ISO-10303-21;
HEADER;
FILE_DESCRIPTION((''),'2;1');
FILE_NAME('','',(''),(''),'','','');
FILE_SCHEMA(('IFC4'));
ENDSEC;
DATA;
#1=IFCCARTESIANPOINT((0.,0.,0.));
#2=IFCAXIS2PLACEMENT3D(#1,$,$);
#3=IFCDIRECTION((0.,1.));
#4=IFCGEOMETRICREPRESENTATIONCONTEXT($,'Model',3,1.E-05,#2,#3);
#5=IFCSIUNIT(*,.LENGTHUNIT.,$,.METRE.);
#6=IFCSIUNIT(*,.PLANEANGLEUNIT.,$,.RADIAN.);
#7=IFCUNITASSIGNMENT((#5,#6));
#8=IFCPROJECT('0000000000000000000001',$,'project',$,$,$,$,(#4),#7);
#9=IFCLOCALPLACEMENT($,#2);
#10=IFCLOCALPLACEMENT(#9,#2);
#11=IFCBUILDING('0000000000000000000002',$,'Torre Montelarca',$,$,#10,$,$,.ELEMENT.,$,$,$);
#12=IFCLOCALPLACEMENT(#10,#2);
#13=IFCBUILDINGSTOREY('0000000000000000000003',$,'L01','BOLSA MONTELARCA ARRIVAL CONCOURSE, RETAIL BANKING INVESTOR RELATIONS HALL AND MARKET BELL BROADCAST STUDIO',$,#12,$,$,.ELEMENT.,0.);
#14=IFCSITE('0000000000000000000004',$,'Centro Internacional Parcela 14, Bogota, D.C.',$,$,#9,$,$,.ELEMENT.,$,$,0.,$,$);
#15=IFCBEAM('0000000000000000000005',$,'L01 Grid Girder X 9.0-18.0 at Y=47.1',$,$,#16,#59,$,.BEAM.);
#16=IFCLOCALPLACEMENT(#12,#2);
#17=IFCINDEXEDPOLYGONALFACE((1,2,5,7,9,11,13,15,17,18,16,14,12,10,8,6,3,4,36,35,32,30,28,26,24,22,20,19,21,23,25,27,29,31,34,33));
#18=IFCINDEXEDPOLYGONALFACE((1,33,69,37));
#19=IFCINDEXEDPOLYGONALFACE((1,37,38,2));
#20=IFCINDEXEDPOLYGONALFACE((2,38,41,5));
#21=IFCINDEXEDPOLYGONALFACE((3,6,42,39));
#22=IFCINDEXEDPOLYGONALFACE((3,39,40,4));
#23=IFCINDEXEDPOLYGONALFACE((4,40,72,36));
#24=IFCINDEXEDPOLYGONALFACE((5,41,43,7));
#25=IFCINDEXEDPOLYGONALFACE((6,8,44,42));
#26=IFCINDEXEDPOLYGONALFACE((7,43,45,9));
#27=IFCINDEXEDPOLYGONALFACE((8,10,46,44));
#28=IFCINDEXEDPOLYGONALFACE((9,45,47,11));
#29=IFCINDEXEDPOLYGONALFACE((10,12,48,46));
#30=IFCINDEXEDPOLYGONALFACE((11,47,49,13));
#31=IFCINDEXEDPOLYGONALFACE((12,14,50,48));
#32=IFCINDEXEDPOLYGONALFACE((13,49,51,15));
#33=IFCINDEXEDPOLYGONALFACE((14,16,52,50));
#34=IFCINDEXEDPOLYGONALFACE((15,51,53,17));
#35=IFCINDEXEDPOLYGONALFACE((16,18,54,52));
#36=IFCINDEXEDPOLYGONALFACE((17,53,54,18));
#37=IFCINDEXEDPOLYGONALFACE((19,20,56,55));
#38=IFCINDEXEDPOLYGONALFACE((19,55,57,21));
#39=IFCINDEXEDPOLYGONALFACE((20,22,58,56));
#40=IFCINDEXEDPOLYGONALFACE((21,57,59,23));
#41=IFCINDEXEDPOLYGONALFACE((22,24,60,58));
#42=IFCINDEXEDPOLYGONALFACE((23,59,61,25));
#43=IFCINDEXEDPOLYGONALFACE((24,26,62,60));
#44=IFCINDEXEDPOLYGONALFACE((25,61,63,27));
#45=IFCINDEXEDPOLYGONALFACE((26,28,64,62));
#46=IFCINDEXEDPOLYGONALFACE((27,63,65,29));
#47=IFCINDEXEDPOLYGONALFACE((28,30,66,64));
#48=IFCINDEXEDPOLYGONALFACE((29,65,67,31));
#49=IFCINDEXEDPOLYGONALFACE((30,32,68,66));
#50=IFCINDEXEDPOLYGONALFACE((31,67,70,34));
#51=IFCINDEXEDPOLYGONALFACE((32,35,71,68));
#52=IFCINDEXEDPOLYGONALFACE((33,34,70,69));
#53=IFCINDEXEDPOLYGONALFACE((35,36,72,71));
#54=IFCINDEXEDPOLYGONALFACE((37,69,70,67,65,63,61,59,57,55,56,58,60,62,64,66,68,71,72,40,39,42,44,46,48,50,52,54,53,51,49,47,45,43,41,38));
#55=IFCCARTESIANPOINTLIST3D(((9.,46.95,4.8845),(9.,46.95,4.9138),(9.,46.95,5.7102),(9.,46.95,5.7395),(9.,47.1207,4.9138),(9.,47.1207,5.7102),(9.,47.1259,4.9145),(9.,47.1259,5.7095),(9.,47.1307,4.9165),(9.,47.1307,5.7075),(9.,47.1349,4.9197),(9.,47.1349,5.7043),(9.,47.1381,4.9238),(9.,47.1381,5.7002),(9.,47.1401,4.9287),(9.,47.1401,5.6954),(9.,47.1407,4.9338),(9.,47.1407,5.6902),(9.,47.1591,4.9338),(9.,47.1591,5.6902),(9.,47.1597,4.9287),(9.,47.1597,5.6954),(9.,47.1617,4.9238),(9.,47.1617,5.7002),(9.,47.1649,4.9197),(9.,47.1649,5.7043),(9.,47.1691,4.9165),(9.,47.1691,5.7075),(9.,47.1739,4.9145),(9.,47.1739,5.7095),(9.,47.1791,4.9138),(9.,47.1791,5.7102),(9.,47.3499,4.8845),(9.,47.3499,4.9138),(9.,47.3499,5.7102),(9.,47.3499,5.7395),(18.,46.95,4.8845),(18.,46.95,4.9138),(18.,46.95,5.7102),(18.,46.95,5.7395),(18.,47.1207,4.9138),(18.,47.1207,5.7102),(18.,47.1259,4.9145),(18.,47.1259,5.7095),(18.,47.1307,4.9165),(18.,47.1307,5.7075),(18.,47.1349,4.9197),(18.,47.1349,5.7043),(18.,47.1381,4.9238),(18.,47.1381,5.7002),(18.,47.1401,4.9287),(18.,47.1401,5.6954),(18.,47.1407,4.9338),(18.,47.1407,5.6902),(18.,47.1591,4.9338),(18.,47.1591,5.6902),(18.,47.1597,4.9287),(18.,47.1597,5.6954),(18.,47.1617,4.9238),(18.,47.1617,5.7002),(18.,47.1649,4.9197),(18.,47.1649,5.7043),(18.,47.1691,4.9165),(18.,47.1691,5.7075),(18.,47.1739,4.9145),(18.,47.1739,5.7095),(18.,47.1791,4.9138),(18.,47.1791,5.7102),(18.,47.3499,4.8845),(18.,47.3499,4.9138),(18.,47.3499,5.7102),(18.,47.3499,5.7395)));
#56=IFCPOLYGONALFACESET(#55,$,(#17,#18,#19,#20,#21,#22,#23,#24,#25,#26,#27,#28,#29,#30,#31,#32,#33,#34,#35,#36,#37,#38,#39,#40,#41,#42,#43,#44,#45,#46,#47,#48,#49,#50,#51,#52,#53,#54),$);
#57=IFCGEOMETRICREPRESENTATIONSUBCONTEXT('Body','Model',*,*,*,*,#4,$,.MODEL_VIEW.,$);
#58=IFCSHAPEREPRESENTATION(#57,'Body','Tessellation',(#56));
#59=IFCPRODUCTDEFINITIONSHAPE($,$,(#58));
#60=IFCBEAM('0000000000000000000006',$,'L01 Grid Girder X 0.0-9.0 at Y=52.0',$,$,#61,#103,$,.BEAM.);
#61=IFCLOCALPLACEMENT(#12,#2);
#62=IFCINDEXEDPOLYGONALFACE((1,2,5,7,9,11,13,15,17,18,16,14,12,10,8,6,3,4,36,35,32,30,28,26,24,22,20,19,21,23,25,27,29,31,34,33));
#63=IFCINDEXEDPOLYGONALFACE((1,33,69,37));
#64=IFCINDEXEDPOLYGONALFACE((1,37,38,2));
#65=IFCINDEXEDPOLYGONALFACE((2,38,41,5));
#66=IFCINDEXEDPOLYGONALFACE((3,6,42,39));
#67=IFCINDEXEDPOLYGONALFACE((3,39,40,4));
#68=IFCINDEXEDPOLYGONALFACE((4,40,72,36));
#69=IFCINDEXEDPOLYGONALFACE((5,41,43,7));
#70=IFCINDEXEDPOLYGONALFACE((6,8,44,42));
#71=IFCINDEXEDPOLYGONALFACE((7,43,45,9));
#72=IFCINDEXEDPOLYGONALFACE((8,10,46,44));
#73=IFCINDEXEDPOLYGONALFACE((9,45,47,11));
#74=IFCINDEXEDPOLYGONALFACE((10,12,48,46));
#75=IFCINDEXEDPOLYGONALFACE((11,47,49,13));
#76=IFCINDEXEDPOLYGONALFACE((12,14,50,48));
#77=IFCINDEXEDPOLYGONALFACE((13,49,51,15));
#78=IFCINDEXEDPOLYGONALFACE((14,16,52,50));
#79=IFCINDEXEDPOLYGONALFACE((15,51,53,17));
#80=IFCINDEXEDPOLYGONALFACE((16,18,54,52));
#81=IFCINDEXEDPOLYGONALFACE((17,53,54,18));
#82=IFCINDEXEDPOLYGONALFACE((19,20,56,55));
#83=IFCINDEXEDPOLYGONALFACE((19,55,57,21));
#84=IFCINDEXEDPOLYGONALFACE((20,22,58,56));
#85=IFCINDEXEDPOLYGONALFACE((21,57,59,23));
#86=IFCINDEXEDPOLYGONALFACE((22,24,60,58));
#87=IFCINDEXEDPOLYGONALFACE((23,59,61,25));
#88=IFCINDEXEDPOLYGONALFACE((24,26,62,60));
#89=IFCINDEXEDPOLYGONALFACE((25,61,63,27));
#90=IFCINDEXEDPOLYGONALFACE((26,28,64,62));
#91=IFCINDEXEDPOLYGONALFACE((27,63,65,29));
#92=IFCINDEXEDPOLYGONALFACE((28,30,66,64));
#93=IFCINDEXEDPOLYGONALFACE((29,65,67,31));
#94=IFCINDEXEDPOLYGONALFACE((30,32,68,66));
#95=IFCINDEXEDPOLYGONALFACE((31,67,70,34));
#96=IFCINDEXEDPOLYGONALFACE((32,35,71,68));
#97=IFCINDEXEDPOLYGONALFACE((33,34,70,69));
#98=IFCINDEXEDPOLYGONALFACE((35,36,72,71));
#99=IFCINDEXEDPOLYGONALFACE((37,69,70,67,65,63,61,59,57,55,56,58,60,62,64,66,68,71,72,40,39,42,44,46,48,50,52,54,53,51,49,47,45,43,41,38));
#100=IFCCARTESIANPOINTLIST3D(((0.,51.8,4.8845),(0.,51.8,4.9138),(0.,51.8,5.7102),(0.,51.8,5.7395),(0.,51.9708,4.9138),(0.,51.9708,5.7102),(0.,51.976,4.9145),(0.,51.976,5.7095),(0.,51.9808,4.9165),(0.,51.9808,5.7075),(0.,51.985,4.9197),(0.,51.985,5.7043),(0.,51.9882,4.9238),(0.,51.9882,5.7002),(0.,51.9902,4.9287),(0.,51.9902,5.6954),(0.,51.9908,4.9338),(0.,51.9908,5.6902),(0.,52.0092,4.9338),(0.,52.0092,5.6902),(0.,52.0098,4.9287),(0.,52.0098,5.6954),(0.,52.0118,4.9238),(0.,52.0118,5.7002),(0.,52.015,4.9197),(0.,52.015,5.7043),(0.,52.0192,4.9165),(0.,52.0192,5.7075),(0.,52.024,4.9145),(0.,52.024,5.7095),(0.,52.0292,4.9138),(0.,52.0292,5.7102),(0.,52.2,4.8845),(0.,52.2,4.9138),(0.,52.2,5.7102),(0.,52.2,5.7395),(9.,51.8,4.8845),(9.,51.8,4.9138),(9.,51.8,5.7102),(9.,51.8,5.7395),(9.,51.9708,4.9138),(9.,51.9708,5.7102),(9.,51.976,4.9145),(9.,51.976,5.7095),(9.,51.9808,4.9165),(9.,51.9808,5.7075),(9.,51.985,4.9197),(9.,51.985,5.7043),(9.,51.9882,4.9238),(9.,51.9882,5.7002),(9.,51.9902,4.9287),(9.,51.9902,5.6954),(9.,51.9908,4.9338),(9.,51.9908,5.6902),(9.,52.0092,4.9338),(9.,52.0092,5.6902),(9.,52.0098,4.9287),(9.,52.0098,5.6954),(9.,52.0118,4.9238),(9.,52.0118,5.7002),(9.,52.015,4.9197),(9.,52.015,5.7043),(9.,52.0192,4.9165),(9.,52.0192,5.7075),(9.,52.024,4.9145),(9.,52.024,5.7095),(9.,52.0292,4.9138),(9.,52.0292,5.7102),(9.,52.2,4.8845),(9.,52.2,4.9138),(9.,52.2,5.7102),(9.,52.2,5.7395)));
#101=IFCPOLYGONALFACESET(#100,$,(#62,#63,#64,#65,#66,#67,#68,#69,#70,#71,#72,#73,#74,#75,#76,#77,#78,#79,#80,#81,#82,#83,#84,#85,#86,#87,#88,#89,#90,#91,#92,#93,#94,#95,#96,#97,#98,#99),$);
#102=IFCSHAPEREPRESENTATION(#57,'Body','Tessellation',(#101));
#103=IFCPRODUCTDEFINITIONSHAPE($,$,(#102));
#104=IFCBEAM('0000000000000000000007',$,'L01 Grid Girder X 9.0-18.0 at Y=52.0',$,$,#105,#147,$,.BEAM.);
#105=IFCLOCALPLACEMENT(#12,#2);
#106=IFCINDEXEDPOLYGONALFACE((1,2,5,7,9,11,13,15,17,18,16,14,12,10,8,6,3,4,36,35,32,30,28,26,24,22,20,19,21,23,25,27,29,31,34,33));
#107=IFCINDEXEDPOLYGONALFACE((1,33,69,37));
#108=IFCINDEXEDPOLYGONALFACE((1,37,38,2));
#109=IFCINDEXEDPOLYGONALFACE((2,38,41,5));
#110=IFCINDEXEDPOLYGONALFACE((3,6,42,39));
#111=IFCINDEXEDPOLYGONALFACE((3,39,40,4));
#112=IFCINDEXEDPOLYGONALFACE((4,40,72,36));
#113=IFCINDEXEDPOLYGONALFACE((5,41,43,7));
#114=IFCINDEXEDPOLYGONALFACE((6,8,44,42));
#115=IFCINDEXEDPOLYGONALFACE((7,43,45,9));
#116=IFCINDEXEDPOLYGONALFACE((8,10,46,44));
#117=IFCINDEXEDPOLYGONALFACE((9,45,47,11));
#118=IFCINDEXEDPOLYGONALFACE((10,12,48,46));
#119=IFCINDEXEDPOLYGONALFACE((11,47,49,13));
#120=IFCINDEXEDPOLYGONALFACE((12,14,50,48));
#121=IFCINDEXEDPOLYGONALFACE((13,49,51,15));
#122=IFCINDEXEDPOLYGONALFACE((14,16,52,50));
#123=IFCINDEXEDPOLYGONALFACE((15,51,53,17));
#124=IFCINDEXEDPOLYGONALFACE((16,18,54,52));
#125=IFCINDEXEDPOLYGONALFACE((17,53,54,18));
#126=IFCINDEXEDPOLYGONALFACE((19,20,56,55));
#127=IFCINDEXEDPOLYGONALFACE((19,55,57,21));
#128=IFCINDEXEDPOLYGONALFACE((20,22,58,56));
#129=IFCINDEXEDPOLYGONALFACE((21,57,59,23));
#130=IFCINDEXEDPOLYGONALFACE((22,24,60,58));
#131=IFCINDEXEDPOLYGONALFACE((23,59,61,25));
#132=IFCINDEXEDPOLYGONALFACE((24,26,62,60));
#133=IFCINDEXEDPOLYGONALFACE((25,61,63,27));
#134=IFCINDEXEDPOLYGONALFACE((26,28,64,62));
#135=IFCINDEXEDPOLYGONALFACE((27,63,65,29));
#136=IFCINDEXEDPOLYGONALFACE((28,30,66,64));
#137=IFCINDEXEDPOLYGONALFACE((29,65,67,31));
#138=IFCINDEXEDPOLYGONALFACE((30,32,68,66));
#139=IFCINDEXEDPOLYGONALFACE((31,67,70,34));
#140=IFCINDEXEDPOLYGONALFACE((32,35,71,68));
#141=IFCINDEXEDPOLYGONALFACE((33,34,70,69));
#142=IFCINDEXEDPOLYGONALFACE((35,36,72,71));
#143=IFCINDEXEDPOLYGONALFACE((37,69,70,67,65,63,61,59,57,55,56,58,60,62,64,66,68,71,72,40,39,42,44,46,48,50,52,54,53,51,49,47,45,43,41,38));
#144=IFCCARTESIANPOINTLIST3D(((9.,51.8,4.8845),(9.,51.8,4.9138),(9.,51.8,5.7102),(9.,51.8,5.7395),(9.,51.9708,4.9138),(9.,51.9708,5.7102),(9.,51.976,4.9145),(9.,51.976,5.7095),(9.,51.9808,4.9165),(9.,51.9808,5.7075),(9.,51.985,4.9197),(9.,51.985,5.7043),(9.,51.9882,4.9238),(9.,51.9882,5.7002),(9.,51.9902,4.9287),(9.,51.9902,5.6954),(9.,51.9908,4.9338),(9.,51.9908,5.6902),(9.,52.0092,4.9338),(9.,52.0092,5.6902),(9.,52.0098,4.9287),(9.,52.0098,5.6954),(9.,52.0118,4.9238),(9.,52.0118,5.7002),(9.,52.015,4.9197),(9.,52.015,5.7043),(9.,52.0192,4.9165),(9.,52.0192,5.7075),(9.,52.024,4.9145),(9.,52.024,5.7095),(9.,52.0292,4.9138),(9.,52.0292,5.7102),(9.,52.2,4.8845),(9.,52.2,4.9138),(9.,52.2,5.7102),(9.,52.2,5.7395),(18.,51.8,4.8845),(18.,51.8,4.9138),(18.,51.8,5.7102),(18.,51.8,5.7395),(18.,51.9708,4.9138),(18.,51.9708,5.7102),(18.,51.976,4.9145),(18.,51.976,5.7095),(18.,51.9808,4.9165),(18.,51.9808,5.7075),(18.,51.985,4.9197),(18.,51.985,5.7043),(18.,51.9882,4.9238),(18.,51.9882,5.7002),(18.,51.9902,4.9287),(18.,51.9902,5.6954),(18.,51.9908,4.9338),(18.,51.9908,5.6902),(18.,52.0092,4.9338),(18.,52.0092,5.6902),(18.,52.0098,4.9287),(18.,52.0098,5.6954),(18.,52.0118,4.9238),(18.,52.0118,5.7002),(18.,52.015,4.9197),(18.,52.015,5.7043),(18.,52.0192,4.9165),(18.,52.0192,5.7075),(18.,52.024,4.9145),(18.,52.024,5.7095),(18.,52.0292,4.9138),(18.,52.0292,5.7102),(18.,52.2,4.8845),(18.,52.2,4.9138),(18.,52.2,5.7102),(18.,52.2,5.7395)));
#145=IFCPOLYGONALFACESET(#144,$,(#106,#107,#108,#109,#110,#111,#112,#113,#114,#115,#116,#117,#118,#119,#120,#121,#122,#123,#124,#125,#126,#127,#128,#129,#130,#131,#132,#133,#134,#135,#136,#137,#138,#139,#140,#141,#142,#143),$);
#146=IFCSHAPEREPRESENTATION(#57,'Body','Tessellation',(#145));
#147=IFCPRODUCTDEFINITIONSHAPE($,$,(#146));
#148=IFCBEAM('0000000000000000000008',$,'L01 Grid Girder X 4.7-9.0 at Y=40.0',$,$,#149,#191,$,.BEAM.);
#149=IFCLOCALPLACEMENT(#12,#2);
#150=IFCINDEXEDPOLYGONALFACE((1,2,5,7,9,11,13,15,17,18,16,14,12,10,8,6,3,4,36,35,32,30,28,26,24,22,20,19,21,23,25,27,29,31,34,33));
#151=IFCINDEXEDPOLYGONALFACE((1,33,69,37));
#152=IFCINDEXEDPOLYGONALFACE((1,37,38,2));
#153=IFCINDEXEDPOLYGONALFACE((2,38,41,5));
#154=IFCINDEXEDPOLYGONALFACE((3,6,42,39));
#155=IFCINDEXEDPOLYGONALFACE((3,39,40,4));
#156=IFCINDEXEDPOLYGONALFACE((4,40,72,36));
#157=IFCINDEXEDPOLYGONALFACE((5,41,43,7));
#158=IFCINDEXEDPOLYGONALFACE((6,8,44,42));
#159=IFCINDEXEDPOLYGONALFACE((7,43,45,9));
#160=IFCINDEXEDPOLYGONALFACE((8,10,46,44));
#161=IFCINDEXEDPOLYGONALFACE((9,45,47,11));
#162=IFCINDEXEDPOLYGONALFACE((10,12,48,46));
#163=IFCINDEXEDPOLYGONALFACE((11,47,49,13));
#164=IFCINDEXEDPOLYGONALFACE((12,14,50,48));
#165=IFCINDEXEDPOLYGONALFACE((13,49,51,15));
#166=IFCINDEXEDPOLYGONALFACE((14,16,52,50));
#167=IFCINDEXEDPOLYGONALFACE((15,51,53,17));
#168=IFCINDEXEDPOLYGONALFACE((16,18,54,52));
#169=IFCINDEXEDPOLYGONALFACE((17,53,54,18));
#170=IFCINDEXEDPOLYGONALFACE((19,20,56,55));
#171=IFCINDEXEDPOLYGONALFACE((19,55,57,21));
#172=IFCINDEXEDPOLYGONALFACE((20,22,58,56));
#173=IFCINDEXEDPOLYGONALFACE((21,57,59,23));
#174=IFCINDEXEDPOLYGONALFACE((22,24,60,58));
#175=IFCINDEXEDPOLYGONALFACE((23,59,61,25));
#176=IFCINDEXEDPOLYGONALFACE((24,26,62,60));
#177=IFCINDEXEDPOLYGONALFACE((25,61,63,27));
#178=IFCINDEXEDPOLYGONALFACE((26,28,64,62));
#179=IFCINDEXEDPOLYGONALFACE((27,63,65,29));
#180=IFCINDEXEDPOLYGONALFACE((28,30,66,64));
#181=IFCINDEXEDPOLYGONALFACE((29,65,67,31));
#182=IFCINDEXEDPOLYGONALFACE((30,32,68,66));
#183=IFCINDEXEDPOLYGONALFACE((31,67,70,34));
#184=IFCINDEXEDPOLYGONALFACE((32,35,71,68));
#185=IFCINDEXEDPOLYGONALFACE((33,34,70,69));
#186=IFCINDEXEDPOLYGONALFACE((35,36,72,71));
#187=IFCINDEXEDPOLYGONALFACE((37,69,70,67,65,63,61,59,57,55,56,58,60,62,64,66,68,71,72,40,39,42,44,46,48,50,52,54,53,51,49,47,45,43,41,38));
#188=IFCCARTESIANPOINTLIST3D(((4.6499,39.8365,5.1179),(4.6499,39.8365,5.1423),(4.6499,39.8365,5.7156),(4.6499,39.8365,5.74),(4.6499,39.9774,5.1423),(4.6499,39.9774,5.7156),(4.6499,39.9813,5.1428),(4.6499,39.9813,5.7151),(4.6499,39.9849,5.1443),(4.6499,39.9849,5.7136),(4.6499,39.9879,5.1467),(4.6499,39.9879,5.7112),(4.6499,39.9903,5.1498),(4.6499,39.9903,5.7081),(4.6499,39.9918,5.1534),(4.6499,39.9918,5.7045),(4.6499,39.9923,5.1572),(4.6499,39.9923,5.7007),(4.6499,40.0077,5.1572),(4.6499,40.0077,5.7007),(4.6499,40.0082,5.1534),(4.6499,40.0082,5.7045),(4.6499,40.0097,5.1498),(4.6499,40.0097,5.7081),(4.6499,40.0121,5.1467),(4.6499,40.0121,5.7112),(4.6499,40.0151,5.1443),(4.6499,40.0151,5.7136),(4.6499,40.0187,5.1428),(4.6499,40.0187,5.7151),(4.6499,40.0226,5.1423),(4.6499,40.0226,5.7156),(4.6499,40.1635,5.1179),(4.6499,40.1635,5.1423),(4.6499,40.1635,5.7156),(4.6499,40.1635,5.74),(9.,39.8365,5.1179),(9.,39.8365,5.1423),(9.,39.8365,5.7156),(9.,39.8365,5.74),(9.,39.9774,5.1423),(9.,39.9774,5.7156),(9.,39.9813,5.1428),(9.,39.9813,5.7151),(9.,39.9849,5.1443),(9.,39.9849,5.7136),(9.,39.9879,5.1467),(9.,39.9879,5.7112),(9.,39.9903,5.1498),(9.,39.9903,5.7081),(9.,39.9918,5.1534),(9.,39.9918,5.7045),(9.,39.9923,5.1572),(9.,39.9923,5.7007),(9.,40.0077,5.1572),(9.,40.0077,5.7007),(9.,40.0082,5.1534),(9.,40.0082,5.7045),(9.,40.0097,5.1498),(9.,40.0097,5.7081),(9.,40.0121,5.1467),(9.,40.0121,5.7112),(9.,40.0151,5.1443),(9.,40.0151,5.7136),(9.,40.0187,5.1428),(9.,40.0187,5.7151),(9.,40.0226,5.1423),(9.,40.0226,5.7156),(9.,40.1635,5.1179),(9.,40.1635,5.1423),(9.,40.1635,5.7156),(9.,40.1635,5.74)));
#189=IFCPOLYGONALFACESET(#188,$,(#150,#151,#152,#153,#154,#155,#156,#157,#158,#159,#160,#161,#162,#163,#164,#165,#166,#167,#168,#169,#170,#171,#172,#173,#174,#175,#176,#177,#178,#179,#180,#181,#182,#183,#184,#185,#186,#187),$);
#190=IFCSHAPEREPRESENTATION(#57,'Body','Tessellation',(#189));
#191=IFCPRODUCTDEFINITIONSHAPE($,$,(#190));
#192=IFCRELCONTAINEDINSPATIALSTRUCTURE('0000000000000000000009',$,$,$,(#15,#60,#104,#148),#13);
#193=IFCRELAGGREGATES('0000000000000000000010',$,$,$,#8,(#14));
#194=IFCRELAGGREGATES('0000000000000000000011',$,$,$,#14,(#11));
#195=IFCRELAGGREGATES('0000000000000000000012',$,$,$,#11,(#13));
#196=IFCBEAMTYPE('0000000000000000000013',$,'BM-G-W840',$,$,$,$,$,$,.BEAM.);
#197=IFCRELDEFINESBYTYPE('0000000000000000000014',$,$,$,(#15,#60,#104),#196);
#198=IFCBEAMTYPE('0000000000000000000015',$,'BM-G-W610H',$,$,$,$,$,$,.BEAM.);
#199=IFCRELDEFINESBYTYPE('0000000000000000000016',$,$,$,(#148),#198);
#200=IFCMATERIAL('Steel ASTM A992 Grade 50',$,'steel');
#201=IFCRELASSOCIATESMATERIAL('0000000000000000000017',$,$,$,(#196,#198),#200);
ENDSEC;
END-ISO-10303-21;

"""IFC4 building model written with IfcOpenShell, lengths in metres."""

from ifc_helpers import new_model, si_unit, direction, frame, origin, origin_2d, place, context, subcontext, project, spatial, i_section, extrude, source, transform, mapped, material, material_profile, profile_set, type_object, element, save


model = new_model("IFC4")

# Units and contexts
model_context = context("Model", 3, precision=1e-05, world=origin(), true_north=direction((0.0, 1.0)))
body_context = subcontext(model_context, "Body", "Model", "MODEL_VIEW")
ifc_project = project(units=[si_unit("LENGTHUNIT", "METRE"), si_unit("PLANEANGLEUNIT", "RADIAN")], contexts=[model_context])

# Site, building, storey
site_placement = place(None, origin())
site = spatial("IfcSite", under=ifc_project, at=site_placement, Name="Centro Internacional Parcela 14, Bogota, D.C.", CompositionType="ELEMENT", RefElevation=0.0)
building_placement = place(site_placement, origin())
building = spatial("IfcBuilding", under=site, at=building_placement, Name="Torre Montelarca", CompositionType="ELEMENT")
storey_placement = place(building_placement, origin())
storey = spatial("IfcBuildingStorey", under=building, at=storey_placement, Name="L01", Description="BOLSA MONTELARCA ARRIVAL CONCOURSE, RETAIL BANKING INVESTOR RELATIONS HALL AND MARKET BELL BROADCAST STUDIO", CompositionType="ELEMENT", Elevation=0.0)

# Beams
ifc_material_1 = material(Name="Steel ASTM A992 Grade 50", Category="steel")
ifc_material_profile_1 = material_profile(ifc_material_1, i_section(OverallWidth=0.3999, OverallDepth=0.855, WebThickness=0.0183, FlangeThickness=0.0293, FilletRadius=0.02, at=origin_2d()), Name="W840X299", Category="steel")
ifc_profile_set_1 = profile_set([ifc_material_profile_1], Name="Steel ASTM A992 Grade 50")
beam_type_1 = type_object("IfcBeamType", Name="BM-G-W840", PredefinedType="BEAM", material=ifc_profile_set_1)
shared_shape_1 = source(origin(), body_context, "Body", "SweptSolid", [
    extrude(i_section(OverallWidth=0.3999, OverallDepth=0.855, WebThickness=0.0183, FlangeThickness=0.0293, FilletRadius=0.02, at=origin_2d()), origin(), (0.0, 0.0, 1.0), 9.0),
])
for number, where, z_axis, x_axis, name in (
    (1, (9.0, 47.1499, 5.312), (1.0, 0.0, 0.0), (0.0, 1.0, 0.0), "L01 Grid Girder X 9.0-18.0 at Y=47.1"),
    (2, (0.0, 52.0, 5.312), (1.0, 0.0, 0.0), (0.0, 1.0, 0.0), "L01 Grid Girder X 0.0-9.0 at Y=52.0"),
    (3, (9.0, 52.0, 5.312), (1.0, 0.0, 0.0), (0.0, 1.0, 0.0), "L01 Grid Girder X 9.0-18.0 at Y=52.0"),
):
    element("IfcBeam", number, at=place(storey_placement, frame(where, z_axis=z_axis, x_axis=x_axis)), inside=storey, type_object=beam_type_1, Name=name, PredefinedType="BEAM", context=body_context, shape_type="MappedRepresentation", body=[
        mapped(shared_shape_1, transform((0.0, 0.0, 0.0), scale=1.0)),
    ])
ifc_material_profile_2 = material_profile(ifc_material_1, i_section(OverallWidth=0.3269, OverallDepth=0.6221, WebThickness=0.0154, FlangeThickness=0.0244, FilletRadius=0.0149, at=origin_2d()), Name="W610X195", Category="steel")
ifc_profile_set_2 = profile_set([ifc_material_profile_2], Name="Steel ASTM A992 Grade 50")
beam_type_2 = type_object("IfcBeamType", Name="BM-G-W610H", PredefinedType="BEAM", material=ifc_profile_set_2)
shared_shape_2 = source(origin(), body_context, "Body", "SweptSolid", [
    extrude(i_section(OverallWidth=0.3269, OverallDepth=0.6221, WebThickness=0.0154, FlangeThickness=0.0244, FilletRadius=0.0149, at=origin_2d()), origin(), (0.0, 0.0, 1.0), 4.3501),
])
for number, where, z_axis, x_axis, name in (
    (4, (4.6499, 40.0, 5.429), (1.0, 0.0, 0.0), (0.0, 1.0, 0.0), "L01 Grid Girder X 4.7-9.0 at Y=40.0"),
):
    element("IfcBeam", number, at=place(storey_placement, frame(where, z_axis=z_axis, x_axis=x_axis)), inside=storey, type_object=beam_type_2, Name=name, PredefinedType="BEAM", context=body_context, shape_type="MappedRepresentation", body=[
        mapped(shared_shape_2, transform((0.0, 0.0, 0.0), scale=1.0)),
    ])

save(model, "model.ifc")
